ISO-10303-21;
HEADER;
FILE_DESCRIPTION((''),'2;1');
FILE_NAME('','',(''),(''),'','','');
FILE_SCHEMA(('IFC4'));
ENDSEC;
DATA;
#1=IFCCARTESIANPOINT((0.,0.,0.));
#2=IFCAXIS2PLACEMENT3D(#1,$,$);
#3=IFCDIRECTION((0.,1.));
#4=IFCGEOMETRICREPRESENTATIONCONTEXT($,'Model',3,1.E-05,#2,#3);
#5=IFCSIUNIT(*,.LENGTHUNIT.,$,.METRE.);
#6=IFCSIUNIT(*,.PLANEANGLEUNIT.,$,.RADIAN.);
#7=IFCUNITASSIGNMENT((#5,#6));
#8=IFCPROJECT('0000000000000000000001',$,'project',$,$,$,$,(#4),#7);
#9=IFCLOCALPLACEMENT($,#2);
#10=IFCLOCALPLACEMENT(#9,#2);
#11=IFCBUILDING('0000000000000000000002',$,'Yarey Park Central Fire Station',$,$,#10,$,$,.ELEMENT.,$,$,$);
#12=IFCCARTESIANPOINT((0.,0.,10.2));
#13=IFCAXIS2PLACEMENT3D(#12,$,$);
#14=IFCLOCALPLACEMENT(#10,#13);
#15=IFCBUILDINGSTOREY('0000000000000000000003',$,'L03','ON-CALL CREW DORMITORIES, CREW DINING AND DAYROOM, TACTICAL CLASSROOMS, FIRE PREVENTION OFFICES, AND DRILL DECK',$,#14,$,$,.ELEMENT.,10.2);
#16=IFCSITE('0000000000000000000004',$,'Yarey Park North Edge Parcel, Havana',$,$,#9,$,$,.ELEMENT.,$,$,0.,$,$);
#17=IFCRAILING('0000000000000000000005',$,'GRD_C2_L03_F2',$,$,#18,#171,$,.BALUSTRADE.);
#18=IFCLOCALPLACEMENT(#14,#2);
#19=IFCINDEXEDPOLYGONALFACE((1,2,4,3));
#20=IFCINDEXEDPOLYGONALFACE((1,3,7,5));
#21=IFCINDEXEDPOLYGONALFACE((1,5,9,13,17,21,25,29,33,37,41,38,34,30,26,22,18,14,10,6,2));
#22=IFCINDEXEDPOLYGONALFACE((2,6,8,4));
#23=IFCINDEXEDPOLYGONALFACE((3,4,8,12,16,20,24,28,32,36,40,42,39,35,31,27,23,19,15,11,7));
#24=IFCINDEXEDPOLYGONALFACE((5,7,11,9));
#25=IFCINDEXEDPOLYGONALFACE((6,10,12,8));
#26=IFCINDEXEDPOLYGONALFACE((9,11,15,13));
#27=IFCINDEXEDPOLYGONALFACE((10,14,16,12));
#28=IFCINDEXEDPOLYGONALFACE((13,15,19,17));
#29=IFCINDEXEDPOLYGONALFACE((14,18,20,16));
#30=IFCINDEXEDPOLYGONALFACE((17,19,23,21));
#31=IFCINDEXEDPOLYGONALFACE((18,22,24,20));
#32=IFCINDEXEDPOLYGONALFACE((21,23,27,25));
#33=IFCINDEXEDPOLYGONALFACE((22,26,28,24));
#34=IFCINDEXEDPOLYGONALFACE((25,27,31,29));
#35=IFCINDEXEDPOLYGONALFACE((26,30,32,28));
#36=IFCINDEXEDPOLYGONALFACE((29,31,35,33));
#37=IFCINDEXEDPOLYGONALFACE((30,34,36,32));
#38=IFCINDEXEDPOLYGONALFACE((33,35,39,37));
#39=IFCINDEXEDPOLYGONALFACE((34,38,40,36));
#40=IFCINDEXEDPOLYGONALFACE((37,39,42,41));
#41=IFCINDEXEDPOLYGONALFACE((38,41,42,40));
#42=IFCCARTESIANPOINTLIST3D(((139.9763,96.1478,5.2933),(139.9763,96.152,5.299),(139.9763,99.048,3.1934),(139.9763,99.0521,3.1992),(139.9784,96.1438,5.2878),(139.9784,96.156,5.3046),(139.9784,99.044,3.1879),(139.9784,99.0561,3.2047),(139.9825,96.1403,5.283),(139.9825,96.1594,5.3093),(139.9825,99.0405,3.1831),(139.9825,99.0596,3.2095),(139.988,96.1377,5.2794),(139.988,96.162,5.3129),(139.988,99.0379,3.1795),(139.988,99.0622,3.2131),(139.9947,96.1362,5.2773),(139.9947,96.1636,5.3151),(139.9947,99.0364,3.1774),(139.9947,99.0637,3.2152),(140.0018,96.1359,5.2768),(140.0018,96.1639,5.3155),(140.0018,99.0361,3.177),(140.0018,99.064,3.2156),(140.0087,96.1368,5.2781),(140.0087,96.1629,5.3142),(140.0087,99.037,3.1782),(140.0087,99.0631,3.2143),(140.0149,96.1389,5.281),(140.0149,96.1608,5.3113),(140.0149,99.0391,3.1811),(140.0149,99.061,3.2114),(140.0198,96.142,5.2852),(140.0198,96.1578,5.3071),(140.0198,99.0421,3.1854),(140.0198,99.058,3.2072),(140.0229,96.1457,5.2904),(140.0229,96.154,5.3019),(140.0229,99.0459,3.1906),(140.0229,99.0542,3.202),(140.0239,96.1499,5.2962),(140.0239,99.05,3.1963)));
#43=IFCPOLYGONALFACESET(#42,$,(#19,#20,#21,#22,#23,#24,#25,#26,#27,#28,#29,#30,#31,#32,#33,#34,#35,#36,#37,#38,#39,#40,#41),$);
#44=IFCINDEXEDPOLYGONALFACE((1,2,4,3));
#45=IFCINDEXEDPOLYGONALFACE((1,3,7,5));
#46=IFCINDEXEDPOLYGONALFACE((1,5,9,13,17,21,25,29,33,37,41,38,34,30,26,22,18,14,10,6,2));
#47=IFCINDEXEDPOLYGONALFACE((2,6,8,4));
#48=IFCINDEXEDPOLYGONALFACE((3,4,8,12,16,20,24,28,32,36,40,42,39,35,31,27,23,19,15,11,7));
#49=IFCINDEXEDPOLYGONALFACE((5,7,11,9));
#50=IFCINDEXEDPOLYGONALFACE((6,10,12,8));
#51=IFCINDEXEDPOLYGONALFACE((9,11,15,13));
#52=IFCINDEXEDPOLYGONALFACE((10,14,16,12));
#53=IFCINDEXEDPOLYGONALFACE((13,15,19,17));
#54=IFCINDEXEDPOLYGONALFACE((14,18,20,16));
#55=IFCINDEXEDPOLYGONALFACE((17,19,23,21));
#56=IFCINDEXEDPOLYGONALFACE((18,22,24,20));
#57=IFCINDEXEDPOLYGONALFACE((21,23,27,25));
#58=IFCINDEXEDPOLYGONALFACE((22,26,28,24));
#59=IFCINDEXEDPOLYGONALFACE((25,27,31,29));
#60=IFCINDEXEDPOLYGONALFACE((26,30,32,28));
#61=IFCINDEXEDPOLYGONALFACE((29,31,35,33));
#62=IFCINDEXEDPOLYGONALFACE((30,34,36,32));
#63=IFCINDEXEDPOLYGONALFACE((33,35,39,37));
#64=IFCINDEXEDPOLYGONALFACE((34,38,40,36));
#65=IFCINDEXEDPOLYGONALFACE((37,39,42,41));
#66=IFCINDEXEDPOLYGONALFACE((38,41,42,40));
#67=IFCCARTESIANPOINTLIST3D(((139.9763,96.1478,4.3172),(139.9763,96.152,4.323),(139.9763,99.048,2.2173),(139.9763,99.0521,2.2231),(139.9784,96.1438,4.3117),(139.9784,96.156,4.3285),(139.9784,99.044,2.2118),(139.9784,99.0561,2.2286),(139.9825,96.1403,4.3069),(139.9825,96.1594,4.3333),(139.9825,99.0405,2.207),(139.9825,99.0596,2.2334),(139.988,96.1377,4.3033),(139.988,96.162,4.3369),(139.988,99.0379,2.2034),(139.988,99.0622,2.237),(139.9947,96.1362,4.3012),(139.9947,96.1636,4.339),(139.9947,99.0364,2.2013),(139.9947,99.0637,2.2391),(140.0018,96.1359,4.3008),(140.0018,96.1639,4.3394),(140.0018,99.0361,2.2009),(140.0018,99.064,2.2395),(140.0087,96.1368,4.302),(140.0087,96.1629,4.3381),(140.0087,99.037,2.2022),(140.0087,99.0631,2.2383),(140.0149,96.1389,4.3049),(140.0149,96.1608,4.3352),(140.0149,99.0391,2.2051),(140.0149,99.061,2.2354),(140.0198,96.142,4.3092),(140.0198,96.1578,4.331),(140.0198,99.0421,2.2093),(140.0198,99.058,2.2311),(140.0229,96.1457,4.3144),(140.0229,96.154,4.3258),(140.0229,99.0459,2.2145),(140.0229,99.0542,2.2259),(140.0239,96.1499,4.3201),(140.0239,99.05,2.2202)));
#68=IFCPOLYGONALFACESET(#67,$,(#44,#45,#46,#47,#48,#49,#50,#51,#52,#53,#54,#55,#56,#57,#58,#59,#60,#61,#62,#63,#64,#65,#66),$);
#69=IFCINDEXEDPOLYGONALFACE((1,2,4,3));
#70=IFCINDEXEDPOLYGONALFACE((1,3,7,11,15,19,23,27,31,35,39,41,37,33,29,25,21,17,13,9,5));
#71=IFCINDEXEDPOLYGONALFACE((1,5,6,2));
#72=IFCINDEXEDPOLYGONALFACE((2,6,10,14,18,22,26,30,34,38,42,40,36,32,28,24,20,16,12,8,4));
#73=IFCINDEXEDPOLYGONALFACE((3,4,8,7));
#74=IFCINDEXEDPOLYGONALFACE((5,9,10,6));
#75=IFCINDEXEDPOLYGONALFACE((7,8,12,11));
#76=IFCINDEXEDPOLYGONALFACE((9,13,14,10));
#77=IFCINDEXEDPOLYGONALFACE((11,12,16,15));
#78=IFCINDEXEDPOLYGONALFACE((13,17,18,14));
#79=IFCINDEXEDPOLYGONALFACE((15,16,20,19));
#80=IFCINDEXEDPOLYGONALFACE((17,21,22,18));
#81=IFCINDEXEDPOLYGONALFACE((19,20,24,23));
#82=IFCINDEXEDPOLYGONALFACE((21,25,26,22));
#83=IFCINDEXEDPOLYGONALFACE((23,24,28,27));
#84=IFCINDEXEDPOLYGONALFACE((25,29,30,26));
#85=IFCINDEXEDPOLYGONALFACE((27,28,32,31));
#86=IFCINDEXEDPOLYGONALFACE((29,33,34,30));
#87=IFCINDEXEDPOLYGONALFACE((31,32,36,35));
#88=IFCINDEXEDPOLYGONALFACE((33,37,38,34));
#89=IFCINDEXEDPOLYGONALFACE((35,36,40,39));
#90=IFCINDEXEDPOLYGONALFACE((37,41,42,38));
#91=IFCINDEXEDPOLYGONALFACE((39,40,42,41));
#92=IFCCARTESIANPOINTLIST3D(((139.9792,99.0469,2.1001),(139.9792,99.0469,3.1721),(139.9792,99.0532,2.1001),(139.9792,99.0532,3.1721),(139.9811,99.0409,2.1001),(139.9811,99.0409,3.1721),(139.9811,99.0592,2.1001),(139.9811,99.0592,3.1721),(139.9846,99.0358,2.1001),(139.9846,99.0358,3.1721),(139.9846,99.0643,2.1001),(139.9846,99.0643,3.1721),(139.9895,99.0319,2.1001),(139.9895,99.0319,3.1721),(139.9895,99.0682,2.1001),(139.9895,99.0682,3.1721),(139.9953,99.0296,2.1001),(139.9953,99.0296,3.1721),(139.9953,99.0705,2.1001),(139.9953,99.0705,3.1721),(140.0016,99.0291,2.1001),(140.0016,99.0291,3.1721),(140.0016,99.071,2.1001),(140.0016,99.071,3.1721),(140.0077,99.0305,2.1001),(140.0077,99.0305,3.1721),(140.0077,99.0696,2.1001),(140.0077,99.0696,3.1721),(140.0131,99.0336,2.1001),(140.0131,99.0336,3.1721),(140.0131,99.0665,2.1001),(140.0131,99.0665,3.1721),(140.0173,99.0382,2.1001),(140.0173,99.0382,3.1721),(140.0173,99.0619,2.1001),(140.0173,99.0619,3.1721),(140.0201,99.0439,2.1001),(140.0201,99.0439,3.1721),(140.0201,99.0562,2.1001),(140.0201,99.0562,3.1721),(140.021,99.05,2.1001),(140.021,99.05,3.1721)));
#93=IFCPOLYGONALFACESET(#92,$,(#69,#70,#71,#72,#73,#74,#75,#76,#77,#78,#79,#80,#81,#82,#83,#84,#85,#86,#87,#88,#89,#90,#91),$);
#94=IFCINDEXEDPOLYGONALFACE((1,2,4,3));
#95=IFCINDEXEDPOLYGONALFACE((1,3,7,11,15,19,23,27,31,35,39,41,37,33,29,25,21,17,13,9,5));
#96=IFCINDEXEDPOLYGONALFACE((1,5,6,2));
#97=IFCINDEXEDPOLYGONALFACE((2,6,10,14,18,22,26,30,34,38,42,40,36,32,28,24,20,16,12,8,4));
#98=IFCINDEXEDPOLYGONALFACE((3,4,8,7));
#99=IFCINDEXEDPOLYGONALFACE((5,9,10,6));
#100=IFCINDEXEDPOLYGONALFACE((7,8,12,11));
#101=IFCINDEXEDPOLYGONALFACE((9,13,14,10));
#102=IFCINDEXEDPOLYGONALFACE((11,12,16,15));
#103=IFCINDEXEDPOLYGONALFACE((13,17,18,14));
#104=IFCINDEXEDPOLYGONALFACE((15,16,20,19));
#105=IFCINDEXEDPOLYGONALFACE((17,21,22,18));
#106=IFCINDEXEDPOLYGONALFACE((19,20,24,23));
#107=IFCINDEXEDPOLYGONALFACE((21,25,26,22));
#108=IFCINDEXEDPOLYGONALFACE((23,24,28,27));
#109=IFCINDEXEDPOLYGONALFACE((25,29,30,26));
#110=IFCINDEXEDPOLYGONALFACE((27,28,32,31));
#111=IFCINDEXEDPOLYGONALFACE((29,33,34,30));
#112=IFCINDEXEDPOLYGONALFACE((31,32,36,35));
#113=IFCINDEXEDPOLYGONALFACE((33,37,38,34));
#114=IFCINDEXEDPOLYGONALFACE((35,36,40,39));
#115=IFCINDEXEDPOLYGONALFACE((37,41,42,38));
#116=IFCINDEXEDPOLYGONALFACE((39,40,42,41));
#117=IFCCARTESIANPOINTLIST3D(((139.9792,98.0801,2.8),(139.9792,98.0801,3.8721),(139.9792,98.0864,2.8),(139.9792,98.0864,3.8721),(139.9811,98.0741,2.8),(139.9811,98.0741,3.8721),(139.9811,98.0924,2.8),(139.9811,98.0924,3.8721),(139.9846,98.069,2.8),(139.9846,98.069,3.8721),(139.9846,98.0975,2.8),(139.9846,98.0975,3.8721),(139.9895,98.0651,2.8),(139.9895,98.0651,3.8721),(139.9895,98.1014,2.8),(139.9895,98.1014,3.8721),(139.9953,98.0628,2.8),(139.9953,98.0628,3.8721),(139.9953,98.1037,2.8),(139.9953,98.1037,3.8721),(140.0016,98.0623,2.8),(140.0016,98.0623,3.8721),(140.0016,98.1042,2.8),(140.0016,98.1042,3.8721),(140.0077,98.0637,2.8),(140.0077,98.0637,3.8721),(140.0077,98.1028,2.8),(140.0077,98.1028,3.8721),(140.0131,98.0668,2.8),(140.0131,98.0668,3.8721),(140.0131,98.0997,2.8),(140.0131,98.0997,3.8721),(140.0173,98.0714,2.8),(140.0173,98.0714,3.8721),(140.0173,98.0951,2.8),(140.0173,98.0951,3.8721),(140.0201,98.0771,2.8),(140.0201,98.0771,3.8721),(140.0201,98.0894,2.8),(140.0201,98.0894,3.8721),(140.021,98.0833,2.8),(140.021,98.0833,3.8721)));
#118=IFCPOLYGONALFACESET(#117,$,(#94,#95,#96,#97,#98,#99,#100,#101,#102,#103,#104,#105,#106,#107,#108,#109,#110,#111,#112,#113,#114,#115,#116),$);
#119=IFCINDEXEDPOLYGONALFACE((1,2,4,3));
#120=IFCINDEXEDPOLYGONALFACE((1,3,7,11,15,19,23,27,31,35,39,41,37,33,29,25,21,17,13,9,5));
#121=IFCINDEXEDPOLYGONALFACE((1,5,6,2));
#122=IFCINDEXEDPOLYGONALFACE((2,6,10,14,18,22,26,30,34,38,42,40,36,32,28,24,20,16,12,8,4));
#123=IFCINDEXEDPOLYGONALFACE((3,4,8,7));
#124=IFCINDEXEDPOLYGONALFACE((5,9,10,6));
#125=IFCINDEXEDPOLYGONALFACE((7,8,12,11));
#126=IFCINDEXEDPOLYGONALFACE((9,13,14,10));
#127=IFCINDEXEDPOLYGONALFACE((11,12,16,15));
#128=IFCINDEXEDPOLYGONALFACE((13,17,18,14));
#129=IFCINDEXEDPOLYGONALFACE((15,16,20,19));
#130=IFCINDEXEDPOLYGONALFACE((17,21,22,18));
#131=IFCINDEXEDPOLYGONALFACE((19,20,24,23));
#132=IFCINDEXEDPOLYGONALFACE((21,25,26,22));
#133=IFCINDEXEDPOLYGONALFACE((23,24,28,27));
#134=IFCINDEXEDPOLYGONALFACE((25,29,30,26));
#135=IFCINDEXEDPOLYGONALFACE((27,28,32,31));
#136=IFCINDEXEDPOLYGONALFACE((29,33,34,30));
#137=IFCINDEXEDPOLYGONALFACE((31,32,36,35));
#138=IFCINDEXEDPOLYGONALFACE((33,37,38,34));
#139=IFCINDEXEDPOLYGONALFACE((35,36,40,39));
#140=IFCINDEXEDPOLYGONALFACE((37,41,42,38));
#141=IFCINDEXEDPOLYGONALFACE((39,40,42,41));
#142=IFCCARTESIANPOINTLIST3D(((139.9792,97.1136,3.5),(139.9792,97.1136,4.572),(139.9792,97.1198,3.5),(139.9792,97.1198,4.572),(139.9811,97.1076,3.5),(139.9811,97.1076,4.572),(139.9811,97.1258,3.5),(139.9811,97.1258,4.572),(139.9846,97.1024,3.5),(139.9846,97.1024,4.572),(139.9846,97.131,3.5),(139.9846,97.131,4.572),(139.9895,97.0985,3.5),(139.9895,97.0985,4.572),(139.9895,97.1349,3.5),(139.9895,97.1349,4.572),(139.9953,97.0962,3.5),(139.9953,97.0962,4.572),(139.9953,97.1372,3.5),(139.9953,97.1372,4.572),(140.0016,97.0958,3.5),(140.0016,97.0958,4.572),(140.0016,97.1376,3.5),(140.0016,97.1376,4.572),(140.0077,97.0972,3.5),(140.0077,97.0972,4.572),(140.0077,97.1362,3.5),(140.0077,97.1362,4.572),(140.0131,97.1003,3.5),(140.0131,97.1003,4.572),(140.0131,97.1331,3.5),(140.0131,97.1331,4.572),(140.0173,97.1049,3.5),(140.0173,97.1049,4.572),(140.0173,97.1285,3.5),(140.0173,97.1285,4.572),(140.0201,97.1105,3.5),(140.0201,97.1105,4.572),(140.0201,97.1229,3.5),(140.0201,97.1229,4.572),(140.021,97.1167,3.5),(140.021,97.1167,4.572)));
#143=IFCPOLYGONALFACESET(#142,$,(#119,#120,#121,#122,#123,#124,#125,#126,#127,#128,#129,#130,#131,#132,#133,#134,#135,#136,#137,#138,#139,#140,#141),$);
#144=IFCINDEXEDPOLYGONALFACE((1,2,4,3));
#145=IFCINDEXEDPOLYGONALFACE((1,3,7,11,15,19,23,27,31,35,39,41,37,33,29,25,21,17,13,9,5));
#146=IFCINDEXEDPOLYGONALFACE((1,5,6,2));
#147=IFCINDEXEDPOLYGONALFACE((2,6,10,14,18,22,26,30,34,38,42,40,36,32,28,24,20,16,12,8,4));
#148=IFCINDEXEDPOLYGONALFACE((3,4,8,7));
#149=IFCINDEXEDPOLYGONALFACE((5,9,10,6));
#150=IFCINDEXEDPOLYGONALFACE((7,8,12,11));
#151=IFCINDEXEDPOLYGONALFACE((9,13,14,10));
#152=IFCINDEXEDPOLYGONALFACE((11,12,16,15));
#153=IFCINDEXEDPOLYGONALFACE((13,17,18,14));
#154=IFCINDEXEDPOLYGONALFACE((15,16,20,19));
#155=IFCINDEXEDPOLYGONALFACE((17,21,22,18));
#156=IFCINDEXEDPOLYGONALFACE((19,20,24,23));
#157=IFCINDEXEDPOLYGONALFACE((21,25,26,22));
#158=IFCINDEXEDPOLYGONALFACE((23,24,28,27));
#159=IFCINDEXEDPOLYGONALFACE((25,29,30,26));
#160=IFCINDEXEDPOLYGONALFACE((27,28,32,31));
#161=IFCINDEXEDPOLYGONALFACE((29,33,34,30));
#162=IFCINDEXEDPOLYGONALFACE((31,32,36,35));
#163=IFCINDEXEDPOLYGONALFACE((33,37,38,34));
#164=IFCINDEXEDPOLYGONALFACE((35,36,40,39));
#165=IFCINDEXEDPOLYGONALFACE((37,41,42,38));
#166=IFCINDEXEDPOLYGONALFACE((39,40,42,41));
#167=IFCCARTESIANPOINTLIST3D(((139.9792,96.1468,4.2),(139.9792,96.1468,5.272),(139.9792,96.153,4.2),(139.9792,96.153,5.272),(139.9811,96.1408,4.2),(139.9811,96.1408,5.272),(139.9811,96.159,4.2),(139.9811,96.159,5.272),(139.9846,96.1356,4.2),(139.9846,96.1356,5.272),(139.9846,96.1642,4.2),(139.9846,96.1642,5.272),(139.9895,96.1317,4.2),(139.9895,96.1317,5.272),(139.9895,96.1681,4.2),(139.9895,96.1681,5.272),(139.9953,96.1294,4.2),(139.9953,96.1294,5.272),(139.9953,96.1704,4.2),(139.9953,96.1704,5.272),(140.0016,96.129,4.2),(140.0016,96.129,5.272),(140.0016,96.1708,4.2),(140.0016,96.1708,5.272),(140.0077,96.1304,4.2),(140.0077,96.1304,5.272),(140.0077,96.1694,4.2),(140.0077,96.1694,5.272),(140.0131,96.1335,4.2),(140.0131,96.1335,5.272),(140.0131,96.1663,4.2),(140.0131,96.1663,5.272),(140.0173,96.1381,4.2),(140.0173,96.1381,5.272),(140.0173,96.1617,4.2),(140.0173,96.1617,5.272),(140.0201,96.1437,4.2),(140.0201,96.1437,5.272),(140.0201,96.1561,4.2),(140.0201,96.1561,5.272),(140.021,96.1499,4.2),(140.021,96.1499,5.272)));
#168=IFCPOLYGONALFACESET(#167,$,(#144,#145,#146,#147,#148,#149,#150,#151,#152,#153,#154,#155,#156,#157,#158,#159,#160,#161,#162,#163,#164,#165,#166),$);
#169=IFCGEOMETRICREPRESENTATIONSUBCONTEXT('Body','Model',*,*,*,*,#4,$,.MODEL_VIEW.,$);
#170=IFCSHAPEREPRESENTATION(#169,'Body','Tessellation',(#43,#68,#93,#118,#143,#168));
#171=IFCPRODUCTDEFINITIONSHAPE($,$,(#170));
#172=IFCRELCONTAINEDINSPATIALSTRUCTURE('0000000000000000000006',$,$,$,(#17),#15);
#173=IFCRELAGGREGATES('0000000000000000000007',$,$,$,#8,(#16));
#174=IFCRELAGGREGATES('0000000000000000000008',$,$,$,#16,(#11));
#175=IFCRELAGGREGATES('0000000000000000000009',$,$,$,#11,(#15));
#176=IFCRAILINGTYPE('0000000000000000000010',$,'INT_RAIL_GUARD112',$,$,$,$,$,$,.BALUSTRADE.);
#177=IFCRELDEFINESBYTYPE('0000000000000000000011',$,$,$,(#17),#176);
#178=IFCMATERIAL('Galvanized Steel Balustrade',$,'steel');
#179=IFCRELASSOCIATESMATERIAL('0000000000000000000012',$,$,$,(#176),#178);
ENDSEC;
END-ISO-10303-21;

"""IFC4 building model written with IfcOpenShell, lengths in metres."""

from ifc_helpers import new_model, si_unit, direction, frame, origin, origin_2d, place, context, subcontext, project, spatial, circle, extrude, material, type_object, element, save


model = new_model("IFC4")

# Units and contexts
model_context = context("Model", 3, precision=1e-05, world=origin(), true_north=direction((0.0, 1.0)))
body_context = subcontext(model_context, "Body", "Model", "MODEL_VIEW")
ifc_project = project(units=[si_unit("LENGTHUNIT", "METRE"), si_unit("PLANEANGLEUNIT", "RADIAN")], contexts=[model_context])

# Site, building, storey
site_placement = place(None, origin())
site = spatial("IfcSite", under=ifc_project, at=site_placement, Name="Yarey Park North Edge Parcel, Havana", CompositionType="ELEMENT", RefElevation=0.0)
building_placement = place(site_placement, origin())
building = spatial("IfcBuilding", under=site, at=building_placement, Name="Yarey Park Central Fire Station", CompositionType="ELEMENT")
storey_placement = place(building_placement, frame((0.0, 0.0, 10.2)))
storey = spatial("IfcBuildingStorey", under=building, at=storey_placement, Name="L03", Description="ON-CALL CREW DORMITORIES, CREW DINING AND DAYROOM, TACTICAL CLASSROOMS, FIRE PREVENTION OFFICES, AND DRILL DECK", CompositionType="ELEMENT", Elevation=10.2)

# Railing
ifc_material_1 = material(Name="Galvanized Steel Balustrade", Category="steel")
railing_type_1 = type_object("IfcRailingType", Name="INT_RAIL_GUARD112", PredefinedType="BALUSTRADE", material=ifc_material_1)
railing_1_placement = place(storey_placement, frame((140.0, 99.05, 2.1001)))
element("IfcRailing", 1, at=railing_1_placement, inside=storey, type_object=railing_type_1, Name="GRD_C2_L03_F2", PredefinedType="BALUSTRADE", context=body_context, shape_type="SweptSolid", body=[
    extrude(circle(Radius=0.0239, at=origin_2d()), frame((0.0, 0.0, 1.0962), z_axis=(0.0, -0.809976, 0.586464), x_axis=(1.0, 0.0, 0.0)), (0.0, 0.0, 1.0), 3.5806),
    extrude(circle(Radius=0.0239, at=origin_2d()), frame((0.0, 0.0, 0.1201), z_axis=(0.0, -0.809976, 0.586464), x_axis=(1.0, 0.0, 0.0)), (0.0, 0.0, 1.0), 3.5806),
    extrude(circle(Radius=0.021, at=origin_2d()), origin(), (0.0, 0.0, 1.0), 1.072),
    extrude(circle(Radius=0.021, at=origin_2d()), frame((0.0, -0.9668, 0.7)), (0.0, 0.0, 1.0), 1.072),
    extrude(circle(Radius=0.021, at=origin_2d()), frame((0.0, -1.9333, 1.3999)), (0.0, 0.0, 1.0), 1.072),
    extrude(circle(Radius=0.021, at=origin_2d()), frame((0.0, -2.9001, 2.0999)), (0.0, 0.0, 1.0), 1.072),
])

save(model, "model.ifc")
